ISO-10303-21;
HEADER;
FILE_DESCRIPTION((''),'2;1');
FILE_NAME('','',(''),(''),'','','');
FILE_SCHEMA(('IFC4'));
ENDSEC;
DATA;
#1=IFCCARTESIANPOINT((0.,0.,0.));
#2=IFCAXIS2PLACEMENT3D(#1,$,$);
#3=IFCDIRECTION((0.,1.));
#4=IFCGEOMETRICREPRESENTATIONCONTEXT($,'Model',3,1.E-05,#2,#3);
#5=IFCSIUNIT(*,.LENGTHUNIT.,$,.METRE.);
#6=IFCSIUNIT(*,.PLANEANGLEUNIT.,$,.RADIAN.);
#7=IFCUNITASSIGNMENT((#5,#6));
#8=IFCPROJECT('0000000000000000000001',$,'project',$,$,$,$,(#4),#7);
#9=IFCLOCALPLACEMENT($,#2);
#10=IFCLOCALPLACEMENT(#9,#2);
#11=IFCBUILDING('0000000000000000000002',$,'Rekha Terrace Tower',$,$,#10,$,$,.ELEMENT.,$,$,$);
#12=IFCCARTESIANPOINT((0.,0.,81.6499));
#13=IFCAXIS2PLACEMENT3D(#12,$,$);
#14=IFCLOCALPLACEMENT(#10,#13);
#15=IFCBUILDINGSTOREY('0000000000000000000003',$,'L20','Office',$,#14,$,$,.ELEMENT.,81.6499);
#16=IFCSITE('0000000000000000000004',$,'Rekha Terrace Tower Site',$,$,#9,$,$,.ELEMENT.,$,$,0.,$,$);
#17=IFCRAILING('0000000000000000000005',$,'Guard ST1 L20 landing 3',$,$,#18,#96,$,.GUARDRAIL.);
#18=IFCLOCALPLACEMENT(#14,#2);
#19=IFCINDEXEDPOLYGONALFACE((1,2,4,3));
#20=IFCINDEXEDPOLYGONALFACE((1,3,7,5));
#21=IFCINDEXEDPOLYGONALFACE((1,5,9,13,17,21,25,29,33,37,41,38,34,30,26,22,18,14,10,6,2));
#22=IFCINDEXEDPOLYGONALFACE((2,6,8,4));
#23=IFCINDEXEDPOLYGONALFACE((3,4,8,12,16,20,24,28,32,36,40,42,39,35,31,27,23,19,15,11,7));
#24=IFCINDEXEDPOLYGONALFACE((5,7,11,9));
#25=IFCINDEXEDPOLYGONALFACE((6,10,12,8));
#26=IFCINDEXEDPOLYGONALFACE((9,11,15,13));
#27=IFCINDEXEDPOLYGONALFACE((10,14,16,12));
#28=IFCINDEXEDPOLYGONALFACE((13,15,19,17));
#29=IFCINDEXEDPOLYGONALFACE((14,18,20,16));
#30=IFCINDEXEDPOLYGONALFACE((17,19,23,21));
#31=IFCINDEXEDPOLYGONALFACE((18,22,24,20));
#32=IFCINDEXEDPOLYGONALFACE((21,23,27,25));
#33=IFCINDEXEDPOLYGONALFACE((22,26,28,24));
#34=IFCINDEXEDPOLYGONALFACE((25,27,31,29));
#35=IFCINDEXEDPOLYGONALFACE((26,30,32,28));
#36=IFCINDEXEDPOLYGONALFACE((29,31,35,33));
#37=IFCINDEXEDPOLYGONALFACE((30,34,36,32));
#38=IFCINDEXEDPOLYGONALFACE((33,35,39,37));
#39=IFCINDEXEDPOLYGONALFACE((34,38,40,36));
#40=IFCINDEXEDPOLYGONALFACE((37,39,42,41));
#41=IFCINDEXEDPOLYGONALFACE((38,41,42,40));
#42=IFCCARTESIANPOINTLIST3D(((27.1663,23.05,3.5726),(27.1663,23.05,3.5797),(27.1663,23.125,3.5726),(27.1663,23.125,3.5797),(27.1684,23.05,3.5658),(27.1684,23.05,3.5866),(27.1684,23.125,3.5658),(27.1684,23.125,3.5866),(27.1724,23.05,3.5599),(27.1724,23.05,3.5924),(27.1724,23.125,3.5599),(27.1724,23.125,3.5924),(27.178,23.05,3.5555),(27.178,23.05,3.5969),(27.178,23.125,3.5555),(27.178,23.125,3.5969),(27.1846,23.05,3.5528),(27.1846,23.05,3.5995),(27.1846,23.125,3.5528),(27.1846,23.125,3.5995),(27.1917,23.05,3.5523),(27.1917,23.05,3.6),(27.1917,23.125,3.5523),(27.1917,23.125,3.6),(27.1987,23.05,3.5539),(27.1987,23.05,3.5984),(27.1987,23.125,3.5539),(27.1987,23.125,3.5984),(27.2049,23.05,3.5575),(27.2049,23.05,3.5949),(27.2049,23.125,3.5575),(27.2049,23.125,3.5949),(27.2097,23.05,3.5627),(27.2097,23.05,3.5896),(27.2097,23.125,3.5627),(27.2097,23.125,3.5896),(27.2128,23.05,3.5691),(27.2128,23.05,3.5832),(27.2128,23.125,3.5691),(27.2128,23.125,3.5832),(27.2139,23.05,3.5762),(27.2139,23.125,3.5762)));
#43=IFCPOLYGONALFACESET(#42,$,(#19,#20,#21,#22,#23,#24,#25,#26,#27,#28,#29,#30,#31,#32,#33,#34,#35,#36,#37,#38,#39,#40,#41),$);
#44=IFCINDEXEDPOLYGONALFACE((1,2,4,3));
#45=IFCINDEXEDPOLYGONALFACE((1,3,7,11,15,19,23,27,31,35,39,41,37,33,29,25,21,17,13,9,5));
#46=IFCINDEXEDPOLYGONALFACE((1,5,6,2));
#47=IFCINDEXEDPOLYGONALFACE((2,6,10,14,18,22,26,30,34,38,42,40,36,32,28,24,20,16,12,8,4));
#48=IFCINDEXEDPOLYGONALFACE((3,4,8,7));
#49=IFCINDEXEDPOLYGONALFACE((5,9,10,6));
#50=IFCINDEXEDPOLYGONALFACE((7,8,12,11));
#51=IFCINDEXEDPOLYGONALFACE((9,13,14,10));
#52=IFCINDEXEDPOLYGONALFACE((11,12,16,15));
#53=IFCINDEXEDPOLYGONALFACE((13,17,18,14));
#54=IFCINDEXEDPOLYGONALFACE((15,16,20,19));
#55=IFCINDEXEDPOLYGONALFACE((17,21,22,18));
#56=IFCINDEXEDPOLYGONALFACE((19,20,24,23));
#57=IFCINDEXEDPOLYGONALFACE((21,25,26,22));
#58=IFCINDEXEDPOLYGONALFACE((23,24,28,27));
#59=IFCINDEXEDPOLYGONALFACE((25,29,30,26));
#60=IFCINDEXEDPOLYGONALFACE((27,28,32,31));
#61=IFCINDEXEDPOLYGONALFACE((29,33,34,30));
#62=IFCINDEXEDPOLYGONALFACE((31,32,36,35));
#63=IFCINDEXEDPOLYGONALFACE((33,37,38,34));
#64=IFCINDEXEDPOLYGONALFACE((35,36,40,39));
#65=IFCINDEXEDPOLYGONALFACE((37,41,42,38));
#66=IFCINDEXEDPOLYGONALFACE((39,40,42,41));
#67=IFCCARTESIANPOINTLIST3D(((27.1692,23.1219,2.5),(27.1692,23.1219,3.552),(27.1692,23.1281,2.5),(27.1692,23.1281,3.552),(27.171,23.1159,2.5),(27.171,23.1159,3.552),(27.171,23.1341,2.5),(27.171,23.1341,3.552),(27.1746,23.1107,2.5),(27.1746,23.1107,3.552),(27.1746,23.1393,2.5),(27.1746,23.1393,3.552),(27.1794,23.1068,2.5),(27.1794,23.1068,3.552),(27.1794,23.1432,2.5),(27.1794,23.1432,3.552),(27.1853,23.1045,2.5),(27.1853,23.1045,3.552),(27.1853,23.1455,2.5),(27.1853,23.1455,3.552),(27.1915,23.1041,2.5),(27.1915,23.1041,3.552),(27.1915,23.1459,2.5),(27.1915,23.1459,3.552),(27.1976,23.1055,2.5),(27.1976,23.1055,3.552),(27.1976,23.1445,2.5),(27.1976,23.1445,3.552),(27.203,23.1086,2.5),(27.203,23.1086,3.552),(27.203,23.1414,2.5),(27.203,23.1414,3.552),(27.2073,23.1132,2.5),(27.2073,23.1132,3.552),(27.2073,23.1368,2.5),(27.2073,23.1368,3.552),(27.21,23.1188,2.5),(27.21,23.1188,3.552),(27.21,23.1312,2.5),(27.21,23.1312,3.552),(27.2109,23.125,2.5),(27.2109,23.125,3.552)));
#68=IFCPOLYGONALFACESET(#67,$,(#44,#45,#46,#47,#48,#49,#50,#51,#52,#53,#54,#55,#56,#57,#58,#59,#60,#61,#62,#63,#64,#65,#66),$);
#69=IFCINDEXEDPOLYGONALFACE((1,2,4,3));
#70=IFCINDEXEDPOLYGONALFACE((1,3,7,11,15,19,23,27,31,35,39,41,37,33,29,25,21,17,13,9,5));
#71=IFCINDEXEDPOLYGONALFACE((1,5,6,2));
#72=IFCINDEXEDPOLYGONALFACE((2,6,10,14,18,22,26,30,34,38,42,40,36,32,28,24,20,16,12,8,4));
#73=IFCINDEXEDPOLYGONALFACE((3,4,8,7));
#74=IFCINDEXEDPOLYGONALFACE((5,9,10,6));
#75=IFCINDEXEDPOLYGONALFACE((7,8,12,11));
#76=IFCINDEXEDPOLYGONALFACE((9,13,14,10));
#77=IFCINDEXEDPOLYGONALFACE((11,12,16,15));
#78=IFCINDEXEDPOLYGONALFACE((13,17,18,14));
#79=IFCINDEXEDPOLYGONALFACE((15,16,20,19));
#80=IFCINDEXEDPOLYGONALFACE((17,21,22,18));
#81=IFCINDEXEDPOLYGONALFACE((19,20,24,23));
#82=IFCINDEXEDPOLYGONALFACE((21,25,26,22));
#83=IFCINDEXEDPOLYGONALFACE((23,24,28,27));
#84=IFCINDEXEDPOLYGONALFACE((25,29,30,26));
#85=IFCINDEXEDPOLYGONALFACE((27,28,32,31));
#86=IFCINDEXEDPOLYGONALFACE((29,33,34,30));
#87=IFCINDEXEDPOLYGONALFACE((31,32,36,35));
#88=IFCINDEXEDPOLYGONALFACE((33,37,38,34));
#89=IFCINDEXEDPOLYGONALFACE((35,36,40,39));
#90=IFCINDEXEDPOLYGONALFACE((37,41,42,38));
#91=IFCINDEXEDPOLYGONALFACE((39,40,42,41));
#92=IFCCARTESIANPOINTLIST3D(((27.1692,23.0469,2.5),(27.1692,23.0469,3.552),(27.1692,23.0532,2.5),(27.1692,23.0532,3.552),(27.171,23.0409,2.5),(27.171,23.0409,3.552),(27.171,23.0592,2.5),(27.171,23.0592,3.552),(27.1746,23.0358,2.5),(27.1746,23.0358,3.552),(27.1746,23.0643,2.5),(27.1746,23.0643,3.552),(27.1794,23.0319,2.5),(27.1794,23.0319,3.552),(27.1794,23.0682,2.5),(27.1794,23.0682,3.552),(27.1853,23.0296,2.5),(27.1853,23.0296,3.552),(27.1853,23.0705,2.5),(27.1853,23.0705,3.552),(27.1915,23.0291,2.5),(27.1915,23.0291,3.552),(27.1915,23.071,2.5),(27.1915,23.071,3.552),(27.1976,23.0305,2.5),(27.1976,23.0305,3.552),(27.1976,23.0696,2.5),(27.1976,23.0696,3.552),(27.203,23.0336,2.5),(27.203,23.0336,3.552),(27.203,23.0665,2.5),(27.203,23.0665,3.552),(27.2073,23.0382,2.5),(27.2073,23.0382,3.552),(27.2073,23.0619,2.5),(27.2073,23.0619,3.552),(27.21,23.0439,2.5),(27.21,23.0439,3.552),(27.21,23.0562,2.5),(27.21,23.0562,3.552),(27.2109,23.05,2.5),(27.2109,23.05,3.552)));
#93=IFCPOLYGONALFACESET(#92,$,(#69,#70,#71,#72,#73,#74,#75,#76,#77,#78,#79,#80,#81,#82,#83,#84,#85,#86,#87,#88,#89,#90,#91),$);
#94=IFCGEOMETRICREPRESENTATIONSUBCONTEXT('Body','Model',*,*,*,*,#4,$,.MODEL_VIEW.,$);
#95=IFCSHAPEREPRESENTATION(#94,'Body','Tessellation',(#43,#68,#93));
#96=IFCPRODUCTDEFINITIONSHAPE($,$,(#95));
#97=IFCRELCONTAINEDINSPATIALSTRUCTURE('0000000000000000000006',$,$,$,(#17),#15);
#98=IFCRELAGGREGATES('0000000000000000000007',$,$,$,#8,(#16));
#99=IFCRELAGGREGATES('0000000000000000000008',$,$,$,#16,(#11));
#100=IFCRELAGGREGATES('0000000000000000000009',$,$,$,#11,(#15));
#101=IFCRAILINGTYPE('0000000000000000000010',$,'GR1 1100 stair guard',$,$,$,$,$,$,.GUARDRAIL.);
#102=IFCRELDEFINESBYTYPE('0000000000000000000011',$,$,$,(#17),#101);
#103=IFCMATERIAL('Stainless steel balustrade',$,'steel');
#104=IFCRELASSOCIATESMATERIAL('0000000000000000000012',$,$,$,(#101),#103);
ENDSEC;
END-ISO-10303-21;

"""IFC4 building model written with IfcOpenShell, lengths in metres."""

from ifc_helpers import new_model, si_unit, direction, frame, origin, origin_2d, place, context, subcontext, project, spatial, circle, extrude, material, type_object, element, save


model = new_model("IFC4")

# Units and contexts
model_context = context("Model", 3, precision=1e-05, world=origin(), true_north=direction((0.0, 1.0)))
body_context = subcontext(model_context, "Body", "Model", "MODEL_VIEW")
ifc_project = project(units=[si_unit("LENGTHUNIT", "METRE"), si_unit("PLANEANGLEUNIT", "RADIAN")], contexts=[model_context])

# Site, building, storey
site_placement = place(None, origin())
site = spatial("IfcSite", under=ifc_project, at=site_placement, Name="Rekha Terrace Tower Site", CompositionType="ELEMENT", RefElevation=0.0)
building_placement = place(site_placement, origin())
building = spatial("IfcBuilding", under=site, at=building_placement, Name="Rekha Terrace Tower", CompositionType="ELEMENT")
storey_placement = place(building_placement, frame((0.0, 0.0, 81.6499)))
storey = spatial("IfcBuildingStorey", under=building, at=storey_placement, Name="L20", Description="Office", CompositionType="ELEMENT", Elevation=81.6499)

# Railing
ifc_material_1 = material(Name="Stainless steel balustrade", Category="steel")
railing_type_1 = type_object("IfcRailingType", Name="GR1 1100 stair guard", PredefinedType="GUARDRAIL", material=ifc_material_1)
railing_1_placement = place(storey_placement, frame((27.1899, 23.125, 2.5)))
element("IfcRailing", 1, at=railing_1_placement, inside=storey, type_object=railing_type_1, Name="Guard ST1 L20 landing 3", PredefinedType="GUARDRAIL", context=body_context, shape_type="SweptSolid", body=[
    extrude(circle(Radius=0.0239, at=origin_2d()), frame((0.0, 0.0, 1.0762), z_axis=(0.0, -1.0, 0.0), x_axis=(1.0, 0.0, 0.0)), (0.0, 0.0, 1.0), 0.075),
    extrude(circle(Radius=0.021, at=origin_2d()), origin(), (0.0, 0.0, 1.0), 1.052),
    extrude(circle(Radius=0.021, at=origin_2d()), frame((0.0, -0.075, 0.0)), (0.0, 0.0, 1.0), 1.052),
])

save(model, "model.ifc")
